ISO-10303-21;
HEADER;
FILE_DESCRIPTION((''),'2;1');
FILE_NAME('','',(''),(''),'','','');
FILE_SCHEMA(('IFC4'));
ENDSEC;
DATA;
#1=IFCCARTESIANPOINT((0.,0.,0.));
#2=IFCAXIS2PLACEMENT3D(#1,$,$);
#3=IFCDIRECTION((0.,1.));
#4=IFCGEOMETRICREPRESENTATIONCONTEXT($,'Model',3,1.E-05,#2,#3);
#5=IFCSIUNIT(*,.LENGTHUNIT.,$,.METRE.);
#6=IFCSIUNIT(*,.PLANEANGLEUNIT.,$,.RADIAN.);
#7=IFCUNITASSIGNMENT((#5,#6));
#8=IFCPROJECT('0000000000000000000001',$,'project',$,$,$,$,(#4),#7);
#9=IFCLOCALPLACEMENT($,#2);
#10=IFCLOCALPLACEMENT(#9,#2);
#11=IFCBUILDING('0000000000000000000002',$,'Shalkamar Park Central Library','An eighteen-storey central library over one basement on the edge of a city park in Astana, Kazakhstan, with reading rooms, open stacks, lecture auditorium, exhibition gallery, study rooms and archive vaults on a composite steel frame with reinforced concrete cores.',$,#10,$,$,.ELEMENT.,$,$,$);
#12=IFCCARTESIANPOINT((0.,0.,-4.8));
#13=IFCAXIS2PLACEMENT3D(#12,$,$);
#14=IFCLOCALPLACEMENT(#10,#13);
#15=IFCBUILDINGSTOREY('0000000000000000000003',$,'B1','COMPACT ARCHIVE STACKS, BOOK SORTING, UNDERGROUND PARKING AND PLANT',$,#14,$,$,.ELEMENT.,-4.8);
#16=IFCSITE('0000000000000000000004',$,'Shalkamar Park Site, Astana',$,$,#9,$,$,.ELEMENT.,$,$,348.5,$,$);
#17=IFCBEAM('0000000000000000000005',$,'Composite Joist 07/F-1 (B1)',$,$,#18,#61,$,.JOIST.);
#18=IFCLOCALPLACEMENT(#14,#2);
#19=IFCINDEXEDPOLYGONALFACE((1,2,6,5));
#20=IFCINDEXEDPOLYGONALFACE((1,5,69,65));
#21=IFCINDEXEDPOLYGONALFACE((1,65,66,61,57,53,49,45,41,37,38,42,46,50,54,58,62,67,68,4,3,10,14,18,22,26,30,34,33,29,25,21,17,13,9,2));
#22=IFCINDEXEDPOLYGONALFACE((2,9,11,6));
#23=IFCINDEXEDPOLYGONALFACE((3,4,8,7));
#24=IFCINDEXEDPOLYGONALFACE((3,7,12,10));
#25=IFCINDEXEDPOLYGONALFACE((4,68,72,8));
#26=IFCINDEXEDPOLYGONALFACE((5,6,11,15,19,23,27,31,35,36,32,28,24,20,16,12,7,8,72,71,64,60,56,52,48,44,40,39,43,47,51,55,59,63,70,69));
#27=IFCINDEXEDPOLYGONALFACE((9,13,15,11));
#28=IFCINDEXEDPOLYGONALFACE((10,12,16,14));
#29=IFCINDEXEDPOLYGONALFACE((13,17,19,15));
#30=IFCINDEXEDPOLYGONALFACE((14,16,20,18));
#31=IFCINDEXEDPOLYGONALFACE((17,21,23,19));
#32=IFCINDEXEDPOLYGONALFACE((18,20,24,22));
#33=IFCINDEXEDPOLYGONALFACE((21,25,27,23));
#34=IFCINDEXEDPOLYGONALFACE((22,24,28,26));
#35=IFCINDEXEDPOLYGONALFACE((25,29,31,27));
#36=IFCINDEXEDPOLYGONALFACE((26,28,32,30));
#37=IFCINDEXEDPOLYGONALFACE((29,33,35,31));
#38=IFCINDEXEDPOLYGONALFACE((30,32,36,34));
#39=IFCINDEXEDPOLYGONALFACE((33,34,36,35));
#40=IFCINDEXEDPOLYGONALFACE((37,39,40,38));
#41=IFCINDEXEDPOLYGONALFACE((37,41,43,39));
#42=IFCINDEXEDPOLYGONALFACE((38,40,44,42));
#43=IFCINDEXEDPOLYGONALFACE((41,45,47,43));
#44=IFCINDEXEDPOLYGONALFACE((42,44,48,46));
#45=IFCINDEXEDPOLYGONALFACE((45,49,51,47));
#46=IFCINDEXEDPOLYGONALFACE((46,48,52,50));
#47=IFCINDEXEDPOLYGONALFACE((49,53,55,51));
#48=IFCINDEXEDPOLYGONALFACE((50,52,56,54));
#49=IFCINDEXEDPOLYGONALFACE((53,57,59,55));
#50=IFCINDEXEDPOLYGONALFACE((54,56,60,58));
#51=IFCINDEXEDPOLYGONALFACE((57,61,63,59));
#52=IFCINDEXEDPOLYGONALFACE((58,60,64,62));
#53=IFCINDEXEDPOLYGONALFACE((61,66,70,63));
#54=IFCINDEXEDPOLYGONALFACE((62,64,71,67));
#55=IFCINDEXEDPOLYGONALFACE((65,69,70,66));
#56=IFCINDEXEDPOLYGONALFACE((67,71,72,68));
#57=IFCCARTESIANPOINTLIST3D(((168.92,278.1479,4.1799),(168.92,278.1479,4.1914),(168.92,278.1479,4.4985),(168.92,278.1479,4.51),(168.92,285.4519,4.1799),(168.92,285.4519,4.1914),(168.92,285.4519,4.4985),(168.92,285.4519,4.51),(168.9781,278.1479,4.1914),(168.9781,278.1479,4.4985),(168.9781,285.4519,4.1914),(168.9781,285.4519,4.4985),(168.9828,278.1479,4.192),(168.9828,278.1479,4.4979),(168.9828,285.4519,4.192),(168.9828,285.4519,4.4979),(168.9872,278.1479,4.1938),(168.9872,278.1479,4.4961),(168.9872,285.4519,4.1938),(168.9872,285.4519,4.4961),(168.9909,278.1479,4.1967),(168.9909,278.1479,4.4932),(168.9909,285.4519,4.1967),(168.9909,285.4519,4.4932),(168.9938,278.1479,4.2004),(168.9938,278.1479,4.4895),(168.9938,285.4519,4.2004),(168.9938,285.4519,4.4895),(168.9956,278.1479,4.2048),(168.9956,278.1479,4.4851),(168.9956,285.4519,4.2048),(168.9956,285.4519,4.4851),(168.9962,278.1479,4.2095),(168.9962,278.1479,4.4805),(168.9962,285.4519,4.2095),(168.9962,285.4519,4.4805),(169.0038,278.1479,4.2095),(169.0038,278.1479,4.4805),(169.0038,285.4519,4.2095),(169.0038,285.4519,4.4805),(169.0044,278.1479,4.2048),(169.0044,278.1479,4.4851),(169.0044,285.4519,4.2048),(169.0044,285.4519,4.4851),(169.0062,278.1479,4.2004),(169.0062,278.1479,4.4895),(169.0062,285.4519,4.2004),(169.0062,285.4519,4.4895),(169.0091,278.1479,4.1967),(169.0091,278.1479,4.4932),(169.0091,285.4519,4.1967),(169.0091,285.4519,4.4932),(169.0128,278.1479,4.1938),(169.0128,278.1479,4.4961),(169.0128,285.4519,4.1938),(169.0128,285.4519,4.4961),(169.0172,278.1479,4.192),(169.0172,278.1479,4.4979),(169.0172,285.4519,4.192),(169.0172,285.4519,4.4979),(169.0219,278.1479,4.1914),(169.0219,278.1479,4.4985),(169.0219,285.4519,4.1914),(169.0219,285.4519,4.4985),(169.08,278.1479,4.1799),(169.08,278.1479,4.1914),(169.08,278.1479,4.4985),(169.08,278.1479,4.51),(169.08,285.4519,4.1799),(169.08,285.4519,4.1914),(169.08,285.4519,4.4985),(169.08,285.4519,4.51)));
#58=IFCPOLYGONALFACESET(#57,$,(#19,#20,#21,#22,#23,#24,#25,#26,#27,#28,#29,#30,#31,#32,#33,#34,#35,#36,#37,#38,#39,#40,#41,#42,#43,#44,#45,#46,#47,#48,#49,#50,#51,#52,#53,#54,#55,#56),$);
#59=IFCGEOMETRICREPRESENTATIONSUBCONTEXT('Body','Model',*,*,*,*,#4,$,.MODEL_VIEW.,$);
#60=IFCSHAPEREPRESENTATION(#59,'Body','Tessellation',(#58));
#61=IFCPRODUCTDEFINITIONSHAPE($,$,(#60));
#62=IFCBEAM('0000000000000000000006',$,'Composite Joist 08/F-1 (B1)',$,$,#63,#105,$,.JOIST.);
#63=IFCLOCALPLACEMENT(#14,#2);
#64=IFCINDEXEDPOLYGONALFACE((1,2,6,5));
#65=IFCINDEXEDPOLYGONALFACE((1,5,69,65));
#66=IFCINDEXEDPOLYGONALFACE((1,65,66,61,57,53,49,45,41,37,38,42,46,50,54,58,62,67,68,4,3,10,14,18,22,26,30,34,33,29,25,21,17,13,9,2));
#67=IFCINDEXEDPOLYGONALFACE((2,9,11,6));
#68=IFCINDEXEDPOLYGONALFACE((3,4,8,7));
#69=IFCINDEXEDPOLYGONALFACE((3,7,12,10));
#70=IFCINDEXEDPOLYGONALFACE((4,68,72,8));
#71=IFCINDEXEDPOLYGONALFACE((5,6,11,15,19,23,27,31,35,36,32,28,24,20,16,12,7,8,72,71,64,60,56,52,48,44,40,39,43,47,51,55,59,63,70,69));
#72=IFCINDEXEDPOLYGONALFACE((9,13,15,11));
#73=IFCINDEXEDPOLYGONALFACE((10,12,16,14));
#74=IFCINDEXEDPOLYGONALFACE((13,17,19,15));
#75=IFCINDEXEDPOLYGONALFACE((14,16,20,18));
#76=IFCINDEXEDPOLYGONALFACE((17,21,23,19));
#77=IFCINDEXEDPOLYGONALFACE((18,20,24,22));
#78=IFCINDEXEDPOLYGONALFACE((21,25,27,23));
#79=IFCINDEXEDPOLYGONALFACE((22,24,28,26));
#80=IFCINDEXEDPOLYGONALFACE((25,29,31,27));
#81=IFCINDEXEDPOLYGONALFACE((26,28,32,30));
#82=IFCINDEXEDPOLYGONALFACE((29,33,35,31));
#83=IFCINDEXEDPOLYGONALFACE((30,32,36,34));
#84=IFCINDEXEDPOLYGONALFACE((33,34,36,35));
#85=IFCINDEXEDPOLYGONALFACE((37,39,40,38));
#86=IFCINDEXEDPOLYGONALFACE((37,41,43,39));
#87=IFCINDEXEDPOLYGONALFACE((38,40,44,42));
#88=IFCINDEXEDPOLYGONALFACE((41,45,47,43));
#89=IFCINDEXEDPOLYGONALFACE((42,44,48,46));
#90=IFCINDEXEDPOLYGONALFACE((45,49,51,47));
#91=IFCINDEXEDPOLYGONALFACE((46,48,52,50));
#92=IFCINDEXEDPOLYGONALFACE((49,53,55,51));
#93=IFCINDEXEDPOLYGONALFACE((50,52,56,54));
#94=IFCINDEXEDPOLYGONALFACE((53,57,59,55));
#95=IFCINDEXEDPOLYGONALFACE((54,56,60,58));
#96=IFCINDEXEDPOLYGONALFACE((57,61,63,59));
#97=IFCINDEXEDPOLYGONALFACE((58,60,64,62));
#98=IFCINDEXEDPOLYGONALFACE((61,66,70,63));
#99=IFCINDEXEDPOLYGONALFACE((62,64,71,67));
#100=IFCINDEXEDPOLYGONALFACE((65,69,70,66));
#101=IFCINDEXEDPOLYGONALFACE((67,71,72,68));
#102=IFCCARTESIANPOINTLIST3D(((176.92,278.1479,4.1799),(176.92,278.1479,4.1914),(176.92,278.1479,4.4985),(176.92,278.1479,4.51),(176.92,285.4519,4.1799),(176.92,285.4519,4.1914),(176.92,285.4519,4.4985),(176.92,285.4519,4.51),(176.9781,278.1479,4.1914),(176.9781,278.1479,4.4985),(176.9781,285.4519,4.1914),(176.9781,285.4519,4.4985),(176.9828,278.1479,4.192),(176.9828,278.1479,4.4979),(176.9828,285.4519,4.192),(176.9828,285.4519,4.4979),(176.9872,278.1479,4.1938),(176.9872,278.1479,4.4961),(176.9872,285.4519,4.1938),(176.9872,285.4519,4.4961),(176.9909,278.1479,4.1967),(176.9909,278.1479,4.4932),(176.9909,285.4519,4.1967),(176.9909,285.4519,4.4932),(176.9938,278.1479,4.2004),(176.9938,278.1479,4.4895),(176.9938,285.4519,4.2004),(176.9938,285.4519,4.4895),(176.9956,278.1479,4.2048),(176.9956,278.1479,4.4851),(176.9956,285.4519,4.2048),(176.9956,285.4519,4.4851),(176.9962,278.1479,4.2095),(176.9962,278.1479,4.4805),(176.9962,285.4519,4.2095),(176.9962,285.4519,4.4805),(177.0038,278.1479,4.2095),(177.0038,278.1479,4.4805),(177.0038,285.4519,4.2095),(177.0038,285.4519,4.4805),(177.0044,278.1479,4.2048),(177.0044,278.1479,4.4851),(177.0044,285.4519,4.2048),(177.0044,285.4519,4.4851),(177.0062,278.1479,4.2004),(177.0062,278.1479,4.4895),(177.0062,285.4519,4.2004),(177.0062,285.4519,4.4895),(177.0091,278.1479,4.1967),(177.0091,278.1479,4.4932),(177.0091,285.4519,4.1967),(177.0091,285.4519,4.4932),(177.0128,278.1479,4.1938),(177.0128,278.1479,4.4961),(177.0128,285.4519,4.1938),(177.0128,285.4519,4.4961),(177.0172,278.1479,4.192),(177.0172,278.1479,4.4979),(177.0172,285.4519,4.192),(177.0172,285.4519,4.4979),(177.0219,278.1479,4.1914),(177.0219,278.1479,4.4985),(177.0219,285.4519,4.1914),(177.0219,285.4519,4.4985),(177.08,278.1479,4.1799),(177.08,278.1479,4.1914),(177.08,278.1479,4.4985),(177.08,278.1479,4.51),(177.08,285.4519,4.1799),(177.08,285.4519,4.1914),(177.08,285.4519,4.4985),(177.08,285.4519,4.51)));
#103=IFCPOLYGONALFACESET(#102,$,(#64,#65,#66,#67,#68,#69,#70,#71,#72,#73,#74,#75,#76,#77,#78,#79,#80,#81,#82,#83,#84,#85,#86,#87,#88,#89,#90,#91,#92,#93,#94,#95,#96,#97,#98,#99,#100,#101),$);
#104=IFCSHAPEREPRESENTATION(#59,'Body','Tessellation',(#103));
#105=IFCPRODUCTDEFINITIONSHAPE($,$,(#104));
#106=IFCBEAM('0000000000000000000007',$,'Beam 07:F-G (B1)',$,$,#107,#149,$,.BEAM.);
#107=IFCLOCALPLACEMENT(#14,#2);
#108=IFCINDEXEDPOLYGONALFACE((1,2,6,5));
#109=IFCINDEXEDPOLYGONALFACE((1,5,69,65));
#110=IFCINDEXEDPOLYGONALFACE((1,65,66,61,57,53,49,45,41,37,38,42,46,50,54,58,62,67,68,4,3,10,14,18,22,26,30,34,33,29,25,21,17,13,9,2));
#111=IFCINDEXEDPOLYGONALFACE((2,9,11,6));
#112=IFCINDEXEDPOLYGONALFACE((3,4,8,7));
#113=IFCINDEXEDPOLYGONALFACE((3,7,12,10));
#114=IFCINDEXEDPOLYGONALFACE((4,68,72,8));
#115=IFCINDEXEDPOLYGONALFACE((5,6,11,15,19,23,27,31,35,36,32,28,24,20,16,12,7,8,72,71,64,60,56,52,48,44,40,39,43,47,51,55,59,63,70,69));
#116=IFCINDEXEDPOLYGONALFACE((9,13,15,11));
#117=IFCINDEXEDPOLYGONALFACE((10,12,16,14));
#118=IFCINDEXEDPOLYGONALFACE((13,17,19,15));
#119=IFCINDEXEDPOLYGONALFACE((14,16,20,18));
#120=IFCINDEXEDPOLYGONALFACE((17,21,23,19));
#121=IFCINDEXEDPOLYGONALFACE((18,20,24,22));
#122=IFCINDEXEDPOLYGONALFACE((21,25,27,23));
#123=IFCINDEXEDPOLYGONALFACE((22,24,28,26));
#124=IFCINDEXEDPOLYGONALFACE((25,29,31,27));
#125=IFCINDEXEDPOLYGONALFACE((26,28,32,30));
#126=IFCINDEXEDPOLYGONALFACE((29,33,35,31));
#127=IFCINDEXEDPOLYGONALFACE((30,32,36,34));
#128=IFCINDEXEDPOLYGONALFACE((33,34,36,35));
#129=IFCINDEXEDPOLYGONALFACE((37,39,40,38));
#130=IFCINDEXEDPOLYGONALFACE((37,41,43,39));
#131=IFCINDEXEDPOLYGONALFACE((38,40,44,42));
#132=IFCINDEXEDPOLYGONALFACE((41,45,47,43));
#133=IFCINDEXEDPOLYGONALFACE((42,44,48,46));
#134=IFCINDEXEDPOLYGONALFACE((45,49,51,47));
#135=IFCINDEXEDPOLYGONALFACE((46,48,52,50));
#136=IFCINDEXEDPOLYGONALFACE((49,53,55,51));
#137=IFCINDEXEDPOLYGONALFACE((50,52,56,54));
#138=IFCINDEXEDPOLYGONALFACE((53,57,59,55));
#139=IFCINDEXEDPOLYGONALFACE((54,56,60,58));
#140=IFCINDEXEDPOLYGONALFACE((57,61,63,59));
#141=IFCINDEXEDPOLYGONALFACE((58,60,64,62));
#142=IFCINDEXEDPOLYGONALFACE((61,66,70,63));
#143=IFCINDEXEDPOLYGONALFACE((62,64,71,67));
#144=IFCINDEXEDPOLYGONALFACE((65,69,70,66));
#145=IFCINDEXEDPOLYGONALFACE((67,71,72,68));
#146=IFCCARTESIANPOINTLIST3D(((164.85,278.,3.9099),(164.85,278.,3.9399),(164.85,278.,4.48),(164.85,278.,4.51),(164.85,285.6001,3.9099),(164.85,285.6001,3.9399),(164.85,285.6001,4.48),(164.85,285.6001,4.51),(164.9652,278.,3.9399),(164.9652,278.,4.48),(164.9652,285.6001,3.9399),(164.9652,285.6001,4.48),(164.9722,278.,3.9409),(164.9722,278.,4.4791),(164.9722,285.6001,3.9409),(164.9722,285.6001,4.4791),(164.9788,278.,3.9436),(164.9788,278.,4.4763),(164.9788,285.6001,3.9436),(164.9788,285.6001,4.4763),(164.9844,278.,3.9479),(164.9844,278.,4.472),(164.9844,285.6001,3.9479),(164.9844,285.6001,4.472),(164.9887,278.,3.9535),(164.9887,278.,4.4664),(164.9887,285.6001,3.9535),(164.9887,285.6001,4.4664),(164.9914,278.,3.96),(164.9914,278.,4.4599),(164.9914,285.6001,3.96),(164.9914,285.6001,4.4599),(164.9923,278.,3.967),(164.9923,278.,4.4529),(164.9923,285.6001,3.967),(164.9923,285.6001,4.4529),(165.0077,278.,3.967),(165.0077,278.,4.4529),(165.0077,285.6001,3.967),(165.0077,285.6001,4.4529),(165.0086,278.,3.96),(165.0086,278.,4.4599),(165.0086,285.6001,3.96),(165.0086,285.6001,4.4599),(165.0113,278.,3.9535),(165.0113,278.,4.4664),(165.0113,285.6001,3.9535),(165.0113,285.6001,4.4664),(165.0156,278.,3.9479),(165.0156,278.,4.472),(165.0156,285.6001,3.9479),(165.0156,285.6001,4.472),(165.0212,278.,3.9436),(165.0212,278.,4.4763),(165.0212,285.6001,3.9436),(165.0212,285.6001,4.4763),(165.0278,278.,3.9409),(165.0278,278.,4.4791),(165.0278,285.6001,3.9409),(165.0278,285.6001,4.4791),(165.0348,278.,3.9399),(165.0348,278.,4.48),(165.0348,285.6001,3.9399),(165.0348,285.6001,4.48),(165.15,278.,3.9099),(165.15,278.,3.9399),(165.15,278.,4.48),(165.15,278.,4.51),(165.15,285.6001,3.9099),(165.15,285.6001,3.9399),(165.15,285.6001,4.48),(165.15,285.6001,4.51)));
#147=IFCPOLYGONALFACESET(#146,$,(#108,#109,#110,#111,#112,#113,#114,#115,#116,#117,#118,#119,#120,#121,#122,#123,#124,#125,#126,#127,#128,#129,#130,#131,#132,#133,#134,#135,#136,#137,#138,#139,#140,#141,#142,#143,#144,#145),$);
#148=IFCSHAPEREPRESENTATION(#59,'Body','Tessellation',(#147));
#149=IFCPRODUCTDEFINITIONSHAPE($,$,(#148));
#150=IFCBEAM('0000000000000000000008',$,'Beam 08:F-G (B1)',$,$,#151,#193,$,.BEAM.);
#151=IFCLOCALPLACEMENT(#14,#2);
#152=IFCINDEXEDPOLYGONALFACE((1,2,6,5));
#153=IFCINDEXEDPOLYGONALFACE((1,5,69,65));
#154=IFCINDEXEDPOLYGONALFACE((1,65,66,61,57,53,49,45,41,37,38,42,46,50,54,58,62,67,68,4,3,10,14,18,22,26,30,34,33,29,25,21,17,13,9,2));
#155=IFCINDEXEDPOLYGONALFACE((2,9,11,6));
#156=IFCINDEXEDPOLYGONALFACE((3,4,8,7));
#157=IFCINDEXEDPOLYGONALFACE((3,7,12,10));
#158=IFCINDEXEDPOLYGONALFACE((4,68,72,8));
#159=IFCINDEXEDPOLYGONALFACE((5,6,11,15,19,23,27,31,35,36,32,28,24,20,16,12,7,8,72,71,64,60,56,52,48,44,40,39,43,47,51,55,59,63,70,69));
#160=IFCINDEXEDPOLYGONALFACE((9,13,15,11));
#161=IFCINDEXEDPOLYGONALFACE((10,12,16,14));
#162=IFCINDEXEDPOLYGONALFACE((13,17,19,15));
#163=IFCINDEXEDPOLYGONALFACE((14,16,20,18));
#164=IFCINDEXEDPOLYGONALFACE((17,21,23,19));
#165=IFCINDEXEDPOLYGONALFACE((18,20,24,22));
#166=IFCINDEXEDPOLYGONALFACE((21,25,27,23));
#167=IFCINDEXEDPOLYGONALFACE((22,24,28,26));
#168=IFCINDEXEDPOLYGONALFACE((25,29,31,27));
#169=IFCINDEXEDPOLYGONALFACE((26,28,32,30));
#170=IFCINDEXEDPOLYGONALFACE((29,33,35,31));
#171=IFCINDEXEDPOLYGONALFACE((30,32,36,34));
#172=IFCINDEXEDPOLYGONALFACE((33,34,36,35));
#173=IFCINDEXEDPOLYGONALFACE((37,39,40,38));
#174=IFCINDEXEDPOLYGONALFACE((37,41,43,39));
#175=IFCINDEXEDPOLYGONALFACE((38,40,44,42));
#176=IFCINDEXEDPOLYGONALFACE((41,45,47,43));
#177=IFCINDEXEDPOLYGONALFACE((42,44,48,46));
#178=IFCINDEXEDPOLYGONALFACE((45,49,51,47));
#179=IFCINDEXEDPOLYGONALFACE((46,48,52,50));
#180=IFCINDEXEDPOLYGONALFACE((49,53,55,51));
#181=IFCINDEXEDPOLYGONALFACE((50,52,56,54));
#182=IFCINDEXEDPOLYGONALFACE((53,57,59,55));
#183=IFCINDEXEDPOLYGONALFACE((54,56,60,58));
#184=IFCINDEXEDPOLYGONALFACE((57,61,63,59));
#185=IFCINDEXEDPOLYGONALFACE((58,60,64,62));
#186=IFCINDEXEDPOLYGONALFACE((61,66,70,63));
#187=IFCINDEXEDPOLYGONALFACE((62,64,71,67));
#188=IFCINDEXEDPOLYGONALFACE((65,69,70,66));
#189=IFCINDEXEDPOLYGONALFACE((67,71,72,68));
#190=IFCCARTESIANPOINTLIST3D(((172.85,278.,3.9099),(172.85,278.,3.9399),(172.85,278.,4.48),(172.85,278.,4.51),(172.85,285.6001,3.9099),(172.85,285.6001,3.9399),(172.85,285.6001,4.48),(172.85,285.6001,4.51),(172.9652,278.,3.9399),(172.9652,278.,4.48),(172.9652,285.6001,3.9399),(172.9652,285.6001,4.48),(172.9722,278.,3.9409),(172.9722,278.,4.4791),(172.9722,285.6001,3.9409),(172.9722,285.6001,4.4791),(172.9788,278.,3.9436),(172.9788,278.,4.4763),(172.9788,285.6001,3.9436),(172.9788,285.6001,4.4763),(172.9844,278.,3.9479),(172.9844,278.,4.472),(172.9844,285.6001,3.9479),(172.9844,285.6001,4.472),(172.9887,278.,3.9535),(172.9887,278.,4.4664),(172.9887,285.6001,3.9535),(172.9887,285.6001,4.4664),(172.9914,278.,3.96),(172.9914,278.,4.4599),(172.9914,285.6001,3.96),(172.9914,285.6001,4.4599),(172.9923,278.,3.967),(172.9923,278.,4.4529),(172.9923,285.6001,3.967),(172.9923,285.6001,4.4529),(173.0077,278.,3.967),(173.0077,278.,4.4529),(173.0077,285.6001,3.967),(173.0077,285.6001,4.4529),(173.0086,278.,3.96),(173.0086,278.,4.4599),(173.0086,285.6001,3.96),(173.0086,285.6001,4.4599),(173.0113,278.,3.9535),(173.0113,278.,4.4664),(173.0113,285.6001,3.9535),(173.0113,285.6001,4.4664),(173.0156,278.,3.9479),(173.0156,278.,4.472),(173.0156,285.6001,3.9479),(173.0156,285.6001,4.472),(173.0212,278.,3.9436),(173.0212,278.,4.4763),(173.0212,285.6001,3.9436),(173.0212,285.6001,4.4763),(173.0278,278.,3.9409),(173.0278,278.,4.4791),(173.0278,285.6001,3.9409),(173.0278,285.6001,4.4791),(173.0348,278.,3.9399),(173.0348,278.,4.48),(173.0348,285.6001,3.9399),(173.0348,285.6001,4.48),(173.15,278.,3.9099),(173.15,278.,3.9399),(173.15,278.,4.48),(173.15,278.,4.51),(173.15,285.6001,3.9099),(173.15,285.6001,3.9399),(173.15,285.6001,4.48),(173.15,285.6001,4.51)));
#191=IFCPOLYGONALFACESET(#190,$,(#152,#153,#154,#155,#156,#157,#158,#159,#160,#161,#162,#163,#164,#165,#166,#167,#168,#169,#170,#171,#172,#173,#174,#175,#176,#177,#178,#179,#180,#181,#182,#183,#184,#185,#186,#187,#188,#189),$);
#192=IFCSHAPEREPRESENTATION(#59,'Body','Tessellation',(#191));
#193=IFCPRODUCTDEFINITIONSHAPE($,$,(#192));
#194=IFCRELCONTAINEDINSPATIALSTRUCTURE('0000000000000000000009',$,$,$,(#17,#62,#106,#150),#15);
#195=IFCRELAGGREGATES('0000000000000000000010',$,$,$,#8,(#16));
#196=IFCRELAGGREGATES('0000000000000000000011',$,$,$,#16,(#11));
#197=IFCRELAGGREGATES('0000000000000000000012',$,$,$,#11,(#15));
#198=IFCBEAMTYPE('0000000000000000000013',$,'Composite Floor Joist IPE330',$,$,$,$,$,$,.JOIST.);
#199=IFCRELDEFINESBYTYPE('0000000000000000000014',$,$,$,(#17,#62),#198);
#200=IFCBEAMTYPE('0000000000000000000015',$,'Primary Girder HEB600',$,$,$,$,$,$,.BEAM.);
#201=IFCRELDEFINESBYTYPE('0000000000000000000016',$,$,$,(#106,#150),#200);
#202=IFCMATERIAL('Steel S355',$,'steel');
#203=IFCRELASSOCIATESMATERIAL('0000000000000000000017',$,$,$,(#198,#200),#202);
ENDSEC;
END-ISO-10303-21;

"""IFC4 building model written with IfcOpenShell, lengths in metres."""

from ifc_helpers import new_model, si_unit, direction, frame, origin, origin_2d, place, context, subcontext, project, spatial, i_section, extrude, material, material_profile, profile_set, type_object, element, save


model = new_model("IFC4")

# Units and contexts
model_context = context("Model", 3, precision=1e-05, world=origin(), true_north=direction((0.0, 1.0)))
body_context = subcontext(model_context, "Body", "Model", "MODEL_VIEW")
ifc_project = project(units=[si_unit("LENGTHUNIT", "METRE"), si_unit("PLANEANGLEUNIT", "RADIAN")], contexts=[model_context])

# Site, building, storey
site_placement = place(None, origin())
site = spatial("IfcSite", under=ifc_project, at=site_placement, Name="Shalkamar Park Site, Astana", CompositionType="ELEMENT", RefElevation=348.5)
building_placement = place(site_placement, origin())
building = spatial("IfcBuilding", under=site, at=building_placement, Name="Shalkamar Park Central Library", Description="An eighteen-storey central library over one basement on the edge of a city park in Astana, Kazakhstan, with reading rooms, open stacks, lecture auditorium, exhibition gallery, study rooms and archive vaults on a composite steel frame with reinforced concrete cores.", CompositionType="ELEMENT")
storey_placement = place(building_placement, frame((0.0, 0.0, -4.8)))
storey = spatial("IfcBuildingStorey", under=building, at=storey_placement, Name="B1", Description="COMPACT ARCHIVE STACKS, BOOK SORTING, UNDERGROUND PARKING AND PLANT", CompositionType="ELEMENT", Elevation=-4.8)

# Shared definitions
ifc_material_1 = material(Name="Steel S355", Category="steel")

# Beams
ifc_material_profile_1 = material_profile(ifc_material_1, i_section(OverallWidth=0.1599, OverallDepth=0.3301, WebThickness=0.0076, FlangeThickness=0.0115, FilletRadius=0.0181, at=origin_2d()), Name="IPE 330")
ifc_profile_set_1 = profile_set([ifc_material_profile_1], Name="Steel S355")
beam_type_1 = type_object("IfcBeamType", Name="Composite Floor Joist IPE330", PredefinedType="JOIST", material=ifc_profile_set_1)
for number, where, z_axis, x_axis, name in (
    (1, (169.0, 278.1479, 4.345), (0.0, 1.0, 0.0), (-1.0, 0.0, 0.0), "Composite Joist 07/F-1 (B1)"),
    (2, (177.0, 278.1479, 4.345), (0.0, 1.0, 0.0), (-1.0, 0.0, 0.0), "Composite Joist 08/F-1 (B1)"),
):
    element("IfcBeam", number, at=place(storey_placement, frame(where, z_axis=z_axis, x_axis=x_axis)), inside=storey, type_object=beam_type_1, Name=name, PredefinedType="JOIST", context=body_context, shape_type="SweptSolid", body=[
        extrude(i_section(OverallWidth=0.1599, OverallDepth=0.3301, WebThickness=0.0076, FlangeThickness=0.0115, FilletRadius=0.0181, at=origin_2d()), origin(), (0.0, 0.0, 1.0), 7.304),
    ])
ifc_material_profile_2 = material_profile(ifc_material_1, i_section(OverallWidth=0.3, OverallDepth=0.6001, WebThickness=0.0154, FlangeThickness=0.03, FilletRadius=0.0271, at=origin_2d()), Name="HEB 600")
ifc_profile_set_2 = profile_set([ifc_material_profile_2], Name="Steel S355")
beam_type_2 = type_object("IfcBeamType", Name="Primary Girder HEB600", PredefinedType="BEAM", material=ifc_profile_set_2)
for number, where, z_axis, x_axis, name in (
    (3, (165.0, 278.0, 4.21), (0.0, 1.0, 0.0), (-1.0, 0.0, 0.0), "Beam 07:F-G (B1)"),
    (4, (173.0, 278.0, 4.21), (0.0, 1.0, 0.0), (-1.0, 0.0, 0.0), "Beam 08:F-G (B1)"),
):
    element("IfcBeam", number, at=place(storey_placement, frame(where, z_axis=z_axis, x_axis=x_axis)), inside=storey, type_object=beam_type_2, Name=name, PredefinedType="BEAM", context=body_context, shape_type="SweptSolid", body=[
        extrude(i_section(OverallWidth=0.3, OverallDepth=0.6001, WebThickness=0.0154, FlangeThickness=0.03, FilletRadius=0.0271, at=origin_2d()), origin(), (0.0, 0.0, 1.0), 7.6001),
    ])

save(model, "model.ifc")
